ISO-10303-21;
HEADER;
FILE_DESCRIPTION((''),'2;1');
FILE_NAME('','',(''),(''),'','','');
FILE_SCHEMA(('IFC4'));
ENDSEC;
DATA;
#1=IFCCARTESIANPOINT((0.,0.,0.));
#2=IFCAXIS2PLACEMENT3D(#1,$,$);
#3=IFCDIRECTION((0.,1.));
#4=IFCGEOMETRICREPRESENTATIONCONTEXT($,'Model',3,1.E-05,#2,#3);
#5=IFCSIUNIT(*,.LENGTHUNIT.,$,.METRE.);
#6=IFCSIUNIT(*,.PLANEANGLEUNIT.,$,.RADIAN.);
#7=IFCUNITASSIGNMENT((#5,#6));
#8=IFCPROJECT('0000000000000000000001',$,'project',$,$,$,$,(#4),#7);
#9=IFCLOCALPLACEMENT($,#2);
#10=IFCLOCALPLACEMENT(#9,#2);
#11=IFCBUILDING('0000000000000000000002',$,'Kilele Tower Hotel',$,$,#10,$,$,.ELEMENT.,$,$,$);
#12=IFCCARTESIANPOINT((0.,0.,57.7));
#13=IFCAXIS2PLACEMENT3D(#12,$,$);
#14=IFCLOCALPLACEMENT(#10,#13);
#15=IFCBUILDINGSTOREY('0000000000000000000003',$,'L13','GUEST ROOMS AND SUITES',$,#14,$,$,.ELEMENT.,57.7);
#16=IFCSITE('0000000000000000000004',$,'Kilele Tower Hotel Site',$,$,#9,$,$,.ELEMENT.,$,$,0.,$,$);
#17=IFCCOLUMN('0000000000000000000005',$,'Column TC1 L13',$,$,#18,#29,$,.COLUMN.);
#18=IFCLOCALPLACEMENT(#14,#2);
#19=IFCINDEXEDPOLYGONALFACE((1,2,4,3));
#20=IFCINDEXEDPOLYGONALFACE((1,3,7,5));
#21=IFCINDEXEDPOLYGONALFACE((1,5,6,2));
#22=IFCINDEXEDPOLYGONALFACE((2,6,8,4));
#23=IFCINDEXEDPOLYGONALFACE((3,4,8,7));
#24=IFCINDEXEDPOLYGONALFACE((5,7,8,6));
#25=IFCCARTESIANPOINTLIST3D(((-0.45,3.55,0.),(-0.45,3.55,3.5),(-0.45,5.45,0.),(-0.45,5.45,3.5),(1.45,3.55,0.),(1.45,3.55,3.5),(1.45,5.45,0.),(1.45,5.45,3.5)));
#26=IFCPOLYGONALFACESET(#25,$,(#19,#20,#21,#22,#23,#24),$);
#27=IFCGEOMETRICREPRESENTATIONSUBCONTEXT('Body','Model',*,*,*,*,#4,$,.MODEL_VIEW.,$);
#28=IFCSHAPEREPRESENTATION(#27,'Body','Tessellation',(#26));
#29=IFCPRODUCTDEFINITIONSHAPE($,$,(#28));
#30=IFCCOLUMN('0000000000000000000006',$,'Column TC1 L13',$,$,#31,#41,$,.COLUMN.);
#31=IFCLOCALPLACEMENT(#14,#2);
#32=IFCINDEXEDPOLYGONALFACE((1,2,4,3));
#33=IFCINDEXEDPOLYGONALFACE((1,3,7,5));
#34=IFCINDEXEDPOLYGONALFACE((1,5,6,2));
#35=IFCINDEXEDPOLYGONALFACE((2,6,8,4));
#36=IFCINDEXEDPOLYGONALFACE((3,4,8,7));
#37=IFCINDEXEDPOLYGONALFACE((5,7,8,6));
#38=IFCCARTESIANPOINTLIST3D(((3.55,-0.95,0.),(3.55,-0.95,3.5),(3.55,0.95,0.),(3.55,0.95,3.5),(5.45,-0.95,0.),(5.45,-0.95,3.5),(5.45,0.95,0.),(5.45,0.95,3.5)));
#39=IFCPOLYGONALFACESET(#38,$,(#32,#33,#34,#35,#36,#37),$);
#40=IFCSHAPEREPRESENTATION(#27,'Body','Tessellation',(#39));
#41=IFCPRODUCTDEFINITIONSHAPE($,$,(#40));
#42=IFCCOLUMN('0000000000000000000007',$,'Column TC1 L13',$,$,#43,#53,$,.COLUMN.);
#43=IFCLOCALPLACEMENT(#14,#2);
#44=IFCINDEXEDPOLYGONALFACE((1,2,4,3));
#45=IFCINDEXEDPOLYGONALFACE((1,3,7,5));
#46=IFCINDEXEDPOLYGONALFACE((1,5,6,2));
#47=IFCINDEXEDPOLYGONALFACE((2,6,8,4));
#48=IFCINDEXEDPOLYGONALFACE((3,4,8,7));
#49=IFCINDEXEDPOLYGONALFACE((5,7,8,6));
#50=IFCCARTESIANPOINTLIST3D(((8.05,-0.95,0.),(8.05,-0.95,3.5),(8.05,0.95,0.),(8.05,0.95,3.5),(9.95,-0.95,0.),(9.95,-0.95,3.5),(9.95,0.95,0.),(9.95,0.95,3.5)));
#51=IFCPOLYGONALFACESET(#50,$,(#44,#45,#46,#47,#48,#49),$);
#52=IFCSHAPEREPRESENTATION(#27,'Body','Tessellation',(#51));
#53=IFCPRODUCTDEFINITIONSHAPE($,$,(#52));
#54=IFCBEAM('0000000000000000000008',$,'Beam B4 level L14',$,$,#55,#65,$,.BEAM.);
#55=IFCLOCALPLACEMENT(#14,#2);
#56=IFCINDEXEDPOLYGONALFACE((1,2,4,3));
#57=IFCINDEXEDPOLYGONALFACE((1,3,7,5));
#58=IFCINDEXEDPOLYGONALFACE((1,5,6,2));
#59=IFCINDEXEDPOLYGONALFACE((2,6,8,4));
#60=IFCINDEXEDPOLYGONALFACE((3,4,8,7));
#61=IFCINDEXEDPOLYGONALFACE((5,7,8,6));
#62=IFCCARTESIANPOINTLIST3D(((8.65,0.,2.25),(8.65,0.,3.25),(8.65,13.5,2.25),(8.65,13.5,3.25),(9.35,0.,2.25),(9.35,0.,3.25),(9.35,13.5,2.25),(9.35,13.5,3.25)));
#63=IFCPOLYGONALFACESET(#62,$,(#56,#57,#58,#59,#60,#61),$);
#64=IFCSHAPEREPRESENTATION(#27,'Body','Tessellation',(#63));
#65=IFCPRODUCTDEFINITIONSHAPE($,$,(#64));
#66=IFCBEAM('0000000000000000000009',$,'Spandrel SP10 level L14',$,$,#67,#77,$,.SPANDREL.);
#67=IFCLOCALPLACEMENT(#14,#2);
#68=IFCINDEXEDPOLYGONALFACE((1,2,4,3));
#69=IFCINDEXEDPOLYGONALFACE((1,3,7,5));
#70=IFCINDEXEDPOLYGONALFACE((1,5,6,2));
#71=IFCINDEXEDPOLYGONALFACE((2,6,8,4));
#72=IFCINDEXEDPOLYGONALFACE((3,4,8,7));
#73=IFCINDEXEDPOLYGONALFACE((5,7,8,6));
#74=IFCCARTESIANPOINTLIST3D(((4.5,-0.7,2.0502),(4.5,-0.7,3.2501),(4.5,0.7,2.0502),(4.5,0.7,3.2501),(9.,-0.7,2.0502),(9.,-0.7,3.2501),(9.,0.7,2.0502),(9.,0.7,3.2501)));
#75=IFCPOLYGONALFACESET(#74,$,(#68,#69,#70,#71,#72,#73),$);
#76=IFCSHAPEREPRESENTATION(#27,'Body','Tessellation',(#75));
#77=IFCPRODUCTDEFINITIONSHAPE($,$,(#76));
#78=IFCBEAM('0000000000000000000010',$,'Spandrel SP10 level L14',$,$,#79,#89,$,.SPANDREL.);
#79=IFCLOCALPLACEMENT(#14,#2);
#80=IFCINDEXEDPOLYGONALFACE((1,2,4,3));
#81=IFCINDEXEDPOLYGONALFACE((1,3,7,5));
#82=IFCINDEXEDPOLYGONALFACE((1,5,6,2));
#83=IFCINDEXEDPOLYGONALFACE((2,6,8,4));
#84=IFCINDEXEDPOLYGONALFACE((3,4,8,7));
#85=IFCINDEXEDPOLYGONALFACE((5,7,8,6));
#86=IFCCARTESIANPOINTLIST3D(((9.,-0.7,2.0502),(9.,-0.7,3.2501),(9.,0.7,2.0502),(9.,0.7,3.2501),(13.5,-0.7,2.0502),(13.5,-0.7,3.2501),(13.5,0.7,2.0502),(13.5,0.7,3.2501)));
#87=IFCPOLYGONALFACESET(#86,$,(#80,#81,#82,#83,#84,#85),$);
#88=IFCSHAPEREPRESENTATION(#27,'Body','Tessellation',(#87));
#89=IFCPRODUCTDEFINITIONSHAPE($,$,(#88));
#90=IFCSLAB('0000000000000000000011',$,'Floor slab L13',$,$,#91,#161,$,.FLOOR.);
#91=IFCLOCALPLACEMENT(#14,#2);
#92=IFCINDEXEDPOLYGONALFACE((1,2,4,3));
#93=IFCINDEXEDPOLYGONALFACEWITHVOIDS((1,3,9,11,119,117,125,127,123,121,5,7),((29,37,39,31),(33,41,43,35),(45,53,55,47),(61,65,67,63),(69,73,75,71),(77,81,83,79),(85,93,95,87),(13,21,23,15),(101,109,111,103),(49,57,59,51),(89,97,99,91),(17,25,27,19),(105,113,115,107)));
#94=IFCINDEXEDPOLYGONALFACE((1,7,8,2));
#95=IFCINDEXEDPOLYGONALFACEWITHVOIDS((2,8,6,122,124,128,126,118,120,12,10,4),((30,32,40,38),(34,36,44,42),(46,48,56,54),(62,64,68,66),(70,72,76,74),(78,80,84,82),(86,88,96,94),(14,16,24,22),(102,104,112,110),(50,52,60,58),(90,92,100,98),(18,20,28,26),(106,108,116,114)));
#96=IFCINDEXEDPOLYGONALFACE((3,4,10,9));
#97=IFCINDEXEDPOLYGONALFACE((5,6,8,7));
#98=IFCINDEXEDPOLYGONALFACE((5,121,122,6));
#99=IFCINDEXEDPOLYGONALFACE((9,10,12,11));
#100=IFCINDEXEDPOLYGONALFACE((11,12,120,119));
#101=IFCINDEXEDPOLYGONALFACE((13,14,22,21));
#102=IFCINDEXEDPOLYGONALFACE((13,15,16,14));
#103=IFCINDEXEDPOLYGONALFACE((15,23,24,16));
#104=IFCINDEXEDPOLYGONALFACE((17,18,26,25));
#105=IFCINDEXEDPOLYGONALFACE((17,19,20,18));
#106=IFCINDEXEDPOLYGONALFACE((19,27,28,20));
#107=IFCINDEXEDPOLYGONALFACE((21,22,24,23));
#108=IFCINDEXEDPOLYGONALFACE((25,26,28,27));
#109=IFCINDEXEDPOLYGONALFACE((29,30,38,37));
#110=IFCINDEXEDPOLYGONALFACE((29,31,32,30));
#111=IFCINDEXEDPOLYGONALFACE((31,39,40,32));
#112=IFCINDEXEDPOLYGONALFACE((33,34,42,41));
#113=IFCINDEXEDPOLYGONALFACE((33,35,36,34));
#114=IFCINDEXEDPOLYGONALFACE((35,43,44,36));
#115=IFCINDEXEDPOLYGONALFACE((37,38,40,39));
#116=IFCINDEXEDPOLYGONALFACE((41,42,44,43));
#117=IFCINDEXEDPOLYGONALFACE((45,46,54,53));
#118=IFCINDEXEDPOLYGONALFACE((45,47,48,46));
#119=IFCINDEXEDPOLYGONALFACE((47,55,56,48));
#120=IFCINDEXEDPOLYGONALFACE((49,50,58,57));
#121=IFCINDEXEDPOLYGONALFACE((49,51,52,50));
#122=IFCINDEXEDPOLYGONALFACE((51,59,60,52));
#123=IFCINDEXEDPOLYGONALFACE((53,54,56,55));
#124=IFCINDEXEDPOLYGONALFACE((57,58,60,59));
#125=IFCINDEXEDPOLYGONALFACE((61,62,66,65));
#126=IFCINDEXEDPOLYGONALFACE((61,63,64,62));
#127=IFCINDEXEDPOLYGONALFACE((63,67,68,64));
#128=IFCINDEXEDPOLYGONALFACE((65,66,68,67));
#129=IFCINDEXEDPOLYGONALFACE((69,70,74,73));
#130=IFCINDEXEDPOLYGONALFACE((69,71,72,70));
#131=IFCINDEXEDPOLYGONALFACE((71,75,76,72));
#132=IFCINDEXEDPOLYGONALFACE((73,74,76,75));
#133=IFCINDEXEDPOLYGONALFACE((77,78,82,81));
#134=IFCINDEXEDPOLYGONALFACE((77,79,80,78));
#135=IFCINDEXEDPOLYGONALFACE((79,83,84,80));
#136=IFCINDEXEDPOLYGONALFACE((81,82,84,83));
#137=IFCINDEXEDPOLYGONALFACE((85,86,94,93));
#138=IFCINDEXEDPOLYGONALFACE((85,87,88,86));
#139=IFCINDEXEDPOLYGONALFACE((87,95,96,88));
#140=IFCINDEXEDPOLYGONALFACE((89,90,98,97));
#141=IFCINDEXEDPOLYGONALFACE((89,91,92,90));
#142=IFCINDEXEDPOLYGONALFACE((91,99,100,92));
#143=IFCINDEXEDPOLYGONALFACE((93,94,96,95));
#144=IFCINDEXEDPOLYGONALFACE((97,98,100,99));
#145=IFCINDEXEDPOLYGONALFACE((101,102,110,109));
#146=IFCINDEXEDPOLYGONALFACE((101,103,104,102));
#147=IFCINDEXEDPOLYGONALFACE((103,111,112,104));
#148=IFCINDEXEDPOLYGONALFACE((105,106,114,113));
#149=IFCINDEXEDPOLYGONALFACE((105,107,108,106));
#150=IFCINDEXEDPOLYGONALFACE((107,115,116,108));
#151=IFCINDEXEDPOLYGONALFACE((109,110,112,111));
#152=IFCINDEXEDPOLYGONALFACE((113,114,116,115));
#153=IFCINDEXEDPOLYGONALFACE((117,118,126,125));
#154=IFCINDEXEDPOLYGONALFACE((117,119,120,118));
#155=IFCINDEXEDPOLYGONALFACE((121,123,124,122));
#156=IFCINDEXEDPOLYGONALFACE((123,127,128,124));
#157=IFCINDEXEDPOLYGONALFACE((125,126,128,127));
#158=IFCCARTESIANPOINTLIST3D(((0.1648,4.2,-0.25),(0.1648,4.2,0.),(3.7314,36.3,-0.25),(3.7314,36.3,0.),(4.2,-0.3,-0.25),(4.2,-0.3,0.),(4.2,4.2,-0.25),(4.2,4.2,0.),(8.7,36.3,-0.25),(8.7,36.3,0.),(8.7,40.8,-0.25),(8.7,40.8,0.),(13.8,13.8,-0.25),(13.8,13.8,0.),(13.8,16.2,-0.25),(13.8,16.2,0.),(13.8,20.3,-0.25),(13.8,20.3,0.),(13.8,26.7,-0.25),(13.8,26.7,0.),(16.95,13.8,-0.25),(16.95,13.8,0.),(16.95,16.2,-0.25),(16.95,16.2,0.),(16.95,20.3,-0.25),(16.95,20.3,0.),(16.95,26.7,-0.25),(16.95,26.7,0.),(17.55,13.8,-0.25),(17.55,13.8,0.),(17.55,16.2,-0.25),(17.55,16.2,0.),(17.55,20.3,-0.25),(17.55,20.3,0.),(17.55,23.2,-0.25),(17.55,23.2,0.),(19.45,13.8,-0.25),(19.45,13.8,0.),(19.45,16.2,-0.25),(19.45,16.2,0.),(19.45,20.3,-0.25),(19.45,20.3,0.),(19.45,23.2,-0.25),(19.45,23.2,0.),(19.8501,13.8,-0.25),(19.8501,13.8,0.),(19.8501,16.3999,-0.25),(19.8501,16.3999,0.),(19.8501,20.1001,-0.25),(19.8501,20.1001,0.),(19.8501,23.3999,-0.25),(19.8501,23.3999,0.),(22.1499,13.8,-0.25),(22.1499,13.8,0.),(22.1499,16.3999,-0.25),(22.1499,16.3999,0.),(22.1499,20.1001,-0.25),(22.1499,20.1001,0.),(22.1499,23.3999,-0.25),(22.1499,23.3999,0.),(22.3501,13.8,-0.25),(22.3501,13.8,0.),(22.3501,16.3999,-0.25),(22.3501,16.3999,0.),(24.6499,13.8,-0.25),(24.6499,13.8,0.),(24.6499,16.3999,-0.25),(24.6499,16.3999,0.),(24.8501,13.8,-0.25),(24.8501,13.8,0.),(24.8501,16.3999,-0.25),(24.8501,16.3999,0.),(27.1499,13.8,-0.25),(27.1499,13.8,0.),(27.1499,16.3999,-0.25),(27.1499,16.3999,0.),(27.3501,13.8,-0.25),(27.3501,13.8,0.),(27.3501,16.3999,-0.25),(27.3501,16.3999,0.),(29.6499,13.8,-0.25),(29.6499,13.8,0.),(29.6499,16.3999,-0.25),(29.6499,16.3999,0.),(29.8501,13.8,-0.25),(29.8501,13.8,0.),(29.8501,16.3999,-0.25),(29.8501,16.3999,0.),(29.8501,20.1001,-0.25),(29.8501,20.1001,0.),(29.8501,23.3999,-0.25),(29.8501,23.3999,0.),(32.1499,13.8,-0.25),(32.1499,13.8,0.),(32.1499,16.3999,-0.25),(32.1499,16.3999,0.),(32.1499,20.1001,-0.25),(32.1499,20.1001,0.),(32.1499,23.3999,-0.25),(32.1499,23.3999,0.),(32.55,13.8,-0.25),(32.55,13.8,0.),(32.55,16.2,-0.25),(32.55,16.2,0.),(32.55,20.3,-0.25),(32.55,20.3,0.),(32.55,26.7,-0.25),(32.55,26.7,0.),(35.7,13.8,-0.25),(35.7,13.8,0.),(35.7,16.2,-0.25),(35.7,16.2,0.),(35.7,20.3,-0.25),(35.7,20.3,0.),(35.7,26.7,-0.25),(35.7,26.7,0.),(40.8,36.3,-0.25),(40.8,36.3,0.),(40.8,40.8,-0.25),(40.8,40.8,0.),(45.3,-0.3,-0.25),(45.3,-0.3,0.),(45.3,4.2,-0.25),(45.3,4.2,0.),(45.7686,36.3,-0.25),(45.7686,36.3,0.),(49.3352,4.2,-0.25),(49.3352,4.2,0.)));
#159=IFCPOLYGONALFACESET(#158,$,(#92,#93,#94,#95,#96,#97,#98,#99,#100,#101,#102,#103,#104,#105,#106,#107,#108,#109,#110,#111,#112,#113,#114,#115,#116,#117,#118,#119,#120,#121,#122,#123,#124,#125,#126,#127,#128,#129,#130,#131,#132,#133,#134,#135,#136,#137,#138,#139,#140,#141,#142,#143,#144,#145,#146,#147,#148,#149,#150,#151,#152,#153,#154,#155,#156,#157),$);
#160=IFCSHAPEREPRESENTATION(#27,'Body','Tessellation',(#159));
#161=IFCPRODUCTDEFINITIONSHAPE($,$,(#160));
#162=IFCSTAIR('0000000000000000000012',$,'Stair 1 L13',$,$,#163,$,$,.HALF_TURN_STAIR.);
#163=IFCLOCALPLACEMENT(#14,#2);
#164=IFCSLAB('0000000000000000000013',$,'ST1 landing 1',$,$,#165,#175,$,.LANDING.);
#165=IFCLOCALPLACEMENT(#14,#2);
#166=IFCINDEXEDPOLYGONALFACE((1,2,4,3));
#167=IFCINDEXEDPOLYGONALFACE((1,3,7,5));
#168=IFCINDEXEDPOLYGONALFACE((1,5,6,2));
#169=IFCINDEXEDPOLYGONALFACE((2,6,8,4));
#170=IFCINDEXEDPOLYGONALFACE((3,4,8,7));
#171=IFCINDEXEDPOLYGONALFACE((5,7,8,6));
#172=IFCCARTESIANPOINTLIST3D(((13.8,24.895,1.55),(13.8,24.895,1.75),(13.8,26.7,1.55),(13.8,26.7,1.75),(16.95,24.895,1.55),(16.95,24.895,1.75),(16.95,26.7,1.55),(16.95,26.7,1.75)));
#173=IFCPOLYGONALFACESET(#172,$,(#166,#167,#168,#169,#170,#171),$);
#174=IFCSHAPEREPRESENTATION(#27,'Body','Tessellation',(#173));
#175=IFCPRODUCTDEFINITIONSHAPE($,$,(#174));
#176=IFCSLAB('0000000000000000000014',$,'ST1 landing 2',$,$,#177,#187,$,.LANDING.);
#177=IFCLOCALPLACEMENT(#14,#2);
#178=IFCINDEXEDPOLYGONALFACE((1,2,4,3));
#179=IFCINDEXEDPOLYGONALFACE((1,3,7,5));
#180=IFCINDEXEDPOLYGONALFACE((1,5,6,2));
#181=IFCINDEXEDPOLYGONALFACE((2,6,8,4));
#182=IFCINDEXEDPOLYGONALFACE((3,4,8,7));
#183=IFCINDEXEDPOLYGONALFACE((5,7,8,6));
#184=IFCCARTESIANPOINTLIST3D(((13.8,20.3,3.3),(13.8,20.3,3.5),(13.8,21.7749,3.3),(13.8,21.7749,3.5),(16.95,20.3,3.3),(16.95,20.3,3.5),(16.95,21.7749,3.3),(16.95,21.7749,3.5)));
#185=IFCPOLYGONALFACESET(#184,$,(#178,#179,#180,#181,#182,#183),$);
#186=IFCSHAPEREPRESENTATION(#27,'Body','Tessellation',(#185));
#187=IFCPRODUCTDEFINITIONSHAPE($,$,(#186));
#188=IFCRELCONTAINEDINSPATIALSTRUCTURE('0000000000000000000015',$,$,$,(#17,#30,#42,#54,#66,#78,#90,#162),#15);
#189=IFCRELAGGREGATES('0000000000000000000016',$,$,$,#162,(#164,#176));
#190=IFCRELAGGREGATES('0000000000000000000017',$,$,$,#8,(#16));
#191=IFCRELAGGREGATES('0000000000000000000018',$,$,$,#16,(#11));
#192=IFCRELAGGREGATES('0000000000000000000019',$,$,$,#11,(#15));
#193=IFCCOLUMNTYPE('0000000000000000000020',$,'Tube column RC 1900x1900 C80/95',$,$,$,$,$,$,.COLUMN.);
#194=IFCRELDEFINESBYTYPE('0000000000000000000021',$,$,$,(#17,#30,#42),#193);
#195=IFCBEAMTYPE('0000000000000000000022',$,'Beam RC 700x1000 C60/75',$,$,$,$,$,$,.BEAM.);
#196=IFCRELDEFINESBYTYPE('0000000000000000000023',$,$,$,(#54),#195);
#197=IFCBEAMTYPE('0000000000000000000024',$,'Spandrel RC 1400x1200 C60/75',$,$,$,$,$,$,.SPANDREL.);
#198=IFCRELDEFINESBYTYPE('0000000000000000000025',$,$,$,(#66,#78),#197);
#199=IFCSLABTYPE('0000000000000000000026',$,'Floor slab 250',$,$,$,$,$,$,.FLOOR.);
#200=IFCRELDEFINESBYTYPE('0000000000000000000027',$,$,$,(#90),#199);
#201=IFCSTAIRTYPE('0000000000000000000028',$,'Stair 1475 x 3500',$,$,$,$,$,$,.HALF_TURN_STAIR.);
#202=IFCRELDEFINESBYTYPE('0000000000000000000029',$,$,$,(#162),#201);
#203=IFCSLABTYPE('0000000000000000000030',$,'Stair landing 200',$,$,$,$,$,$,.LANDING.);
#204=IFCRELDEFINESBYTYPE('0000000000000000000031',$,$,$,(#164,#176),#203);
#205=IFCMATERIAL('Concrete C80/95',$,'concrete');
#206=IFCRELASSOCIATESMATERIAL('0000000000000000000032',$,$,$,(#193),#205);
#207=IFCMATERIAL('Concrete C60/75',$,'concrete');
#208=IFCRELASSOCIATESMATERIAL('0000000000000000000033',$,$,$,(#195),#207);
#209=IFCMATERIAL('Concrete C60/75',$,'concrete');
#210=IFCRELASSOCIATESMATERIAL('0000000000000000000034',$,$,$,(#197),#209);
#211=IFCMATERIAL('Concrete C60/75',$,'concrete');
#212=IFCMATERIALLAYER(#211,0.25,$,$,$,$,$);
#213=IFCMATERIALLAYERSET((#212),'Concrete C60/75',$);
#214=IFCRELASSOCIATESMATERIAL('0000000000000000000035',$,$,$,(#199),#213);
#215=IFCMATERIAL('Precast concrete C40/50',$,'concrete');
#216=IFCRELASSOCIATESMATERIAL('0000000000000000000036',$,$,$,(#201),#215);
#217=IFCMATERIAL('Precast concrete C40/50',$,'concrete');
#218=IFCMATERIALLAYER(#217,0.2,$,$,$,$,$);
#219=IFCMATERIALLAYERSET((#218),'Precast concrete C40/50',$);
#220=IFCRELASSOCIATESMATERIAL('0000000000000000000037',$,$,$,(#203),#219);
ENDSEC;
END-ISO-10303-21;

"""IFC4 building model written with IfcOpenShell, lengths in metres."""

from ifc_helpers import new_model, si_unit, direction, frame, origin, origin_2d, place, context, subcontext, project, spatial, polyline, rectangle, outline, extrude, material, layer, layer_set, material_profile, profile_set, type_object, element, aggregate, save


model = new_model("IFC4")

# Units and contexts
model_context = context("Model", 3, precision=1e-05, world=origin(), true_north=direction((0.0, 1.0)))
body_context = subcontext(model_context, "Body", "Model", "MODEL_VIEW")
ifc_project = project(units=[si_unit("LENGTHUNIT", "METRE"), si_unit("PLANEANGLEUNIT", "RADIAN")], contexts=[model_context])

# Site, building, storey
site_placement = place(None, origin())
site = spatial("IfcSite", under=ifc_project, at=site_placement, Name="Kilele Tower Hotel Site", CompositionType="ELEMENT", RefElevation=0.0)
building_placement = place(site_placement, origin())
building = spatial("IfcBuilding", under=site, at=building_placement, Name="Kilele Tower Hotel", CompositionType="ELEMENT")
storey_placement = place(building_placement, frame((0.0, 0.0, 57.7)))
storey = spatial("IfcBuildingStorey", under=building, at=storey_placement, Name="L13", Description="GUEST ROOMS AND SUITES", CompositionType="ELEMENT", Elevation=57.7)

# Columns
ifc_material_1 = material(Name="Concrete C80/95", Category="concrete")
ifc_material_profile_1 = material_profile(ifc_material_1, rectangle(XDim=1.8999, YDim=1.8999, at=origin_2d()))
ifc_profile_set_1 = profile_set([ifc_material_profile_1], Name="Concrete C80/95")
column_type = type_object("IfcColumnType", Name="Tube column RC 1900x1900 C80/95", PredefinedType="COLUMN", material=ifc_profile_set_1)
for number, where, z_axis, x_axis, name in (
    (1, (0.5, 4.5, 0.0), (0.0, 0.0, 1.0), (1.0, 0.0, 0.0), "Column TC1 L13"),
    (2, (4.5, 0.0, 0.0), (0.0, 0.0, 1.0), (1.0, 0.0, 0.0), "Column TC1 L13"),
    (3, (9.0, 0.0, 0.0), (0.0, 0.0, 1.0), (1.0, 0.0, 0.0), "Column TC1 L13"),
):
    element("IfcColumn", number, at=place(storey_placement, frame(where, z_axis=z_axis, x_axis=x_axis)), inside=storey, type_object=column_type, Name=name, PredefinedType="COLUMN", context=body_context, shape_type="SweptSolid", body=[
        extrude(rectangle(XDim=1.8999, YDim=1.8999, at=origin_2d()), origin(), (0.0, 0.0, 1.0), 3.5),
    ])

# Beams
ifc_material_2 = material(Name="Concrete C60/75", Category="concrete")
ifc_material_profile_2 = material_profile(ifc_material_2, rectangle(XDim=0.7, YDim=1.0, at=origin_2d()))
ifc_profile_set_2 = profile_set([ifc_material_profile_2], Name="Concrete C60/75")
beam_type_1 = type_object("IfcBeamType", Name="Beam RC 700x1000 C60/75", PredefinedType="BEAM", material=ifc_profile_set_2)
beam_placement = place(storey_placement, frame((9.0, 0.0, 2.75), z_axis=(0.0, 1.0, 0.0), x_axis=(-1.0, 0.0, 0.0)))
element("IfcBeam", 4, at=beam_placement, inside=storey, type_object=beam_type_1, Name="Beam B4 level L14", PredefinedType="BEAM", context=body_context, shape_type="SweptSolid", body=[
    extrude(rectangle(XDim=0.7, YDim=1.0, at=origin_2d()), origin(), (0.0, 0.0, 1.0), 13.5),
])
ifc_material_3 = material(Name="Concrete C60/75", Category="concrete")
ifc_material_profile_3 = material_profile(ifc_material_3, rectangle(XDim=1.3999, YDim=1.2, at=origin_2d()))
ifc_profile_set_3 = profile_set([ifc_material_profile_3], Name="Concrete C60/75")
beam_type_2 = type_object("IfcBeamType", Name="Spandrel RC 1400x1200 C60/75", PredefinedType="SPANDREL", material=ifc_profile_set_3)
for number, where, z_axis, x_axis, name in (
    (5, (4.5, 0.0, 2.6501), (1.0, 0.0, 0.0), (0.0, 1.0, 0.0), "Spandrel SP10 level L14"),
    (6, (9.0, 0.0, 2.6501), (1.0, 0.0, 0.0), (0.0, 1.0, 0.0), "Spandrel SP10 level L14"),
):
    element("IfcBeam", number, at=place(storey_placement, frame(where, z_axis=z_axis, x_axis=x_axis)), inside=storey, type_object=beam_type_2, Name=name, PredefinedType="SPANDREL", context=body_context, shape_type="SweptSolid", body=[
        extrude(rectangle(XDim=1.3999, YDim=1.2, at=origin_2d()), origin(), (0.0, 0.0, 1.0), 4.5),
    ])

# Slab
ifc_material_4 = material(Name="Concrete C60/75", Category="concrete")
ifc_layer_1 = layer(ifc_material_4, 0.25)
ifc_layer_set_1 = layer_set([ifc_layer_1], Name="Concrete C60/75")
slab_type_1 = type_object("IfcSlabType", Name="Floor slab 250", PredefinedType="FLOOR", material=ifc_layer_set_1)
slab_1_placement = place(storey_placement, frame((0.0, 0.0, -0.25)))
element("IfcSlab", 7, at=slab_1_placement, inside=storey, type_object=slab_type_1, Name="Floor slab L13", PredefinedType="FLOOR", context=body_context, shape_type="SweptSolid", body=[
    extrude(outline(polyline([(8.7, 36.3), (8.7, 40.8), (40.8, 40.8), (40.8, 36.3), (45.7686, 36.3), (49.3352, 4.2), (45.3, 4.2), (45.3, -0.3), (4.2, -0.3), (4.2, 4.2), (0.1648, 4.2), (3.7314, 36.3), (8.7, 36.3)]), holes=[polyline([(16.95, 16.2), (13.8, 16.2), (13.8, 13.8), (16.95, 13.8), (16.95, 16.2)]), polyline([(19.45, 13.8), (19.45, 16.2), (17.55, 16.2), (17.55, 13.8), (19.45, 13.8)]), polyline([(22.1499, 13.8), (22.1499, 16.3999), (19.8501, 16.3999), (19.8501, 13.8), (22.1499, 13.8)]), polyline([(24.6499, 16.3999), (22.3501, 16.3999), (22.3501, 13.8), (24.6499, 13.8), (24.6499, 16.3999)]), polyline([(19.45, 20.3), (19.45, 23.2), (17.55, 23.2), (17.55, 20.3), (19.45, 20.3)]), polyline([(22.1499, 20.1001), (22.1499, 23.3999), (19.8501, 23.3999), (19.8501, 20.1001), (22.1499, 20.1001)]), polyline([(16.95, 26.7), (13.8, 26.7), (13.8, 20.3), (16.95, 20.3), (16.95, 26.7)]), polyline([(35.7, 13.8), (35.7, 16.2), (32.55, 16.2), (32.55, 13.8), (35.7, 13.8)]), polyline([(27.1499, 13.8), (27.1499, 16.3999), (24.8501, 16.3999), (24.8501, 13.8), (27.1499, 13.8)]), polyline([(29.6499, 13.8), (29.6499, 16.3999), (27.3501, 16.3999), (27.3501, 13.8), (29.6499, 13.8)]), polyline([(32.1499, 13.8), (32.1499, 16.3999), (29.8501, 16.3999), (29.8501, 13.8), (32.1499, 13.8)]), polyline([(32.1499, 20.1001), (32.1499, 23.3999), (29.8501, 23.3999), (29.8501, 20.1001), (32.1499, 20.1001)]), polyline([(35.7, 20.3), (35.7, 26.7), (32.55, 26.7), (32.55, 20.3), (35.7, 20.3)])]), origin(), (0.0, 0.0, 1.0), 0.25),
])

# Stair, slabs
ifc_material_5 = material(Name="Precast concrete C40/50", Category="concrete")
stair_type = type_object("IfcStairType", Name="Stair 1475 x 3500", PredefinedType="HALF_TURN_STAIR", material=ifc_material_5)
stair_1_placement = place(storey_placement, origin())
stair_1 = element("IfcStair", 8, at=stair_1_placement, inside=storey, type_object=stair_type, Name="Stair 1 L13", PredefinedType="HALF_TURN_STAIR")
ifc_material_6 = material(Name="Precast concrete C40/50", Category="concrete")
ifc_layer_2 = layer(ifc_material_6, 0.2)
ifc_layer_set_2 = layer_set([ifc_layer_2], Name="Precast concrete C40/50")
slab_type_2 = type_object("IfcSlabType", Name="Stair landing 200", PredefinedType="LANDING", material=ifc_layer_set_2)
slab_2_placement = place(storey_placement, frame((0.0, 0.0, 1.55)))
slab_2 = element("IfcSlab", 9, at=slab_2_placement, type_object=slab_type_2, Name="ST1 landing 1", PredefinedType="LANDING", context=body_context, shape_type="SweptSolid", body=[
    extrude(outline(polyline([(13.8, 24.895), (16.95, 24.895), (16.95, 26.7), (13.8, 26.7), (13.8, 24.895)])), origin(), (0.0, 0.0, 1.0), 0.2),
])
slab_3_placement = place(storey_placement, frame((0.0, 0.0, 3.3)))
slab_3 = element("IfcSlab", 10, at=slab_3_placement, type_object=slab_type_2, Name="ST1 landing 2", PredefinedType="LANDING", context=body_context, shape_type="SweptSolid", body=[
    extrude(outline(polyline([(13.8, 20.3), (16.95, 20.3), (16.95, 21.7749), (13.8, 21.7749), (13.8, 20.3)])), origin(), (0.0, 0.0, 1.0), 0.2),
])
aggregate(stair_1, [slab_2, slab_3])

save(model, "model.ifc")
